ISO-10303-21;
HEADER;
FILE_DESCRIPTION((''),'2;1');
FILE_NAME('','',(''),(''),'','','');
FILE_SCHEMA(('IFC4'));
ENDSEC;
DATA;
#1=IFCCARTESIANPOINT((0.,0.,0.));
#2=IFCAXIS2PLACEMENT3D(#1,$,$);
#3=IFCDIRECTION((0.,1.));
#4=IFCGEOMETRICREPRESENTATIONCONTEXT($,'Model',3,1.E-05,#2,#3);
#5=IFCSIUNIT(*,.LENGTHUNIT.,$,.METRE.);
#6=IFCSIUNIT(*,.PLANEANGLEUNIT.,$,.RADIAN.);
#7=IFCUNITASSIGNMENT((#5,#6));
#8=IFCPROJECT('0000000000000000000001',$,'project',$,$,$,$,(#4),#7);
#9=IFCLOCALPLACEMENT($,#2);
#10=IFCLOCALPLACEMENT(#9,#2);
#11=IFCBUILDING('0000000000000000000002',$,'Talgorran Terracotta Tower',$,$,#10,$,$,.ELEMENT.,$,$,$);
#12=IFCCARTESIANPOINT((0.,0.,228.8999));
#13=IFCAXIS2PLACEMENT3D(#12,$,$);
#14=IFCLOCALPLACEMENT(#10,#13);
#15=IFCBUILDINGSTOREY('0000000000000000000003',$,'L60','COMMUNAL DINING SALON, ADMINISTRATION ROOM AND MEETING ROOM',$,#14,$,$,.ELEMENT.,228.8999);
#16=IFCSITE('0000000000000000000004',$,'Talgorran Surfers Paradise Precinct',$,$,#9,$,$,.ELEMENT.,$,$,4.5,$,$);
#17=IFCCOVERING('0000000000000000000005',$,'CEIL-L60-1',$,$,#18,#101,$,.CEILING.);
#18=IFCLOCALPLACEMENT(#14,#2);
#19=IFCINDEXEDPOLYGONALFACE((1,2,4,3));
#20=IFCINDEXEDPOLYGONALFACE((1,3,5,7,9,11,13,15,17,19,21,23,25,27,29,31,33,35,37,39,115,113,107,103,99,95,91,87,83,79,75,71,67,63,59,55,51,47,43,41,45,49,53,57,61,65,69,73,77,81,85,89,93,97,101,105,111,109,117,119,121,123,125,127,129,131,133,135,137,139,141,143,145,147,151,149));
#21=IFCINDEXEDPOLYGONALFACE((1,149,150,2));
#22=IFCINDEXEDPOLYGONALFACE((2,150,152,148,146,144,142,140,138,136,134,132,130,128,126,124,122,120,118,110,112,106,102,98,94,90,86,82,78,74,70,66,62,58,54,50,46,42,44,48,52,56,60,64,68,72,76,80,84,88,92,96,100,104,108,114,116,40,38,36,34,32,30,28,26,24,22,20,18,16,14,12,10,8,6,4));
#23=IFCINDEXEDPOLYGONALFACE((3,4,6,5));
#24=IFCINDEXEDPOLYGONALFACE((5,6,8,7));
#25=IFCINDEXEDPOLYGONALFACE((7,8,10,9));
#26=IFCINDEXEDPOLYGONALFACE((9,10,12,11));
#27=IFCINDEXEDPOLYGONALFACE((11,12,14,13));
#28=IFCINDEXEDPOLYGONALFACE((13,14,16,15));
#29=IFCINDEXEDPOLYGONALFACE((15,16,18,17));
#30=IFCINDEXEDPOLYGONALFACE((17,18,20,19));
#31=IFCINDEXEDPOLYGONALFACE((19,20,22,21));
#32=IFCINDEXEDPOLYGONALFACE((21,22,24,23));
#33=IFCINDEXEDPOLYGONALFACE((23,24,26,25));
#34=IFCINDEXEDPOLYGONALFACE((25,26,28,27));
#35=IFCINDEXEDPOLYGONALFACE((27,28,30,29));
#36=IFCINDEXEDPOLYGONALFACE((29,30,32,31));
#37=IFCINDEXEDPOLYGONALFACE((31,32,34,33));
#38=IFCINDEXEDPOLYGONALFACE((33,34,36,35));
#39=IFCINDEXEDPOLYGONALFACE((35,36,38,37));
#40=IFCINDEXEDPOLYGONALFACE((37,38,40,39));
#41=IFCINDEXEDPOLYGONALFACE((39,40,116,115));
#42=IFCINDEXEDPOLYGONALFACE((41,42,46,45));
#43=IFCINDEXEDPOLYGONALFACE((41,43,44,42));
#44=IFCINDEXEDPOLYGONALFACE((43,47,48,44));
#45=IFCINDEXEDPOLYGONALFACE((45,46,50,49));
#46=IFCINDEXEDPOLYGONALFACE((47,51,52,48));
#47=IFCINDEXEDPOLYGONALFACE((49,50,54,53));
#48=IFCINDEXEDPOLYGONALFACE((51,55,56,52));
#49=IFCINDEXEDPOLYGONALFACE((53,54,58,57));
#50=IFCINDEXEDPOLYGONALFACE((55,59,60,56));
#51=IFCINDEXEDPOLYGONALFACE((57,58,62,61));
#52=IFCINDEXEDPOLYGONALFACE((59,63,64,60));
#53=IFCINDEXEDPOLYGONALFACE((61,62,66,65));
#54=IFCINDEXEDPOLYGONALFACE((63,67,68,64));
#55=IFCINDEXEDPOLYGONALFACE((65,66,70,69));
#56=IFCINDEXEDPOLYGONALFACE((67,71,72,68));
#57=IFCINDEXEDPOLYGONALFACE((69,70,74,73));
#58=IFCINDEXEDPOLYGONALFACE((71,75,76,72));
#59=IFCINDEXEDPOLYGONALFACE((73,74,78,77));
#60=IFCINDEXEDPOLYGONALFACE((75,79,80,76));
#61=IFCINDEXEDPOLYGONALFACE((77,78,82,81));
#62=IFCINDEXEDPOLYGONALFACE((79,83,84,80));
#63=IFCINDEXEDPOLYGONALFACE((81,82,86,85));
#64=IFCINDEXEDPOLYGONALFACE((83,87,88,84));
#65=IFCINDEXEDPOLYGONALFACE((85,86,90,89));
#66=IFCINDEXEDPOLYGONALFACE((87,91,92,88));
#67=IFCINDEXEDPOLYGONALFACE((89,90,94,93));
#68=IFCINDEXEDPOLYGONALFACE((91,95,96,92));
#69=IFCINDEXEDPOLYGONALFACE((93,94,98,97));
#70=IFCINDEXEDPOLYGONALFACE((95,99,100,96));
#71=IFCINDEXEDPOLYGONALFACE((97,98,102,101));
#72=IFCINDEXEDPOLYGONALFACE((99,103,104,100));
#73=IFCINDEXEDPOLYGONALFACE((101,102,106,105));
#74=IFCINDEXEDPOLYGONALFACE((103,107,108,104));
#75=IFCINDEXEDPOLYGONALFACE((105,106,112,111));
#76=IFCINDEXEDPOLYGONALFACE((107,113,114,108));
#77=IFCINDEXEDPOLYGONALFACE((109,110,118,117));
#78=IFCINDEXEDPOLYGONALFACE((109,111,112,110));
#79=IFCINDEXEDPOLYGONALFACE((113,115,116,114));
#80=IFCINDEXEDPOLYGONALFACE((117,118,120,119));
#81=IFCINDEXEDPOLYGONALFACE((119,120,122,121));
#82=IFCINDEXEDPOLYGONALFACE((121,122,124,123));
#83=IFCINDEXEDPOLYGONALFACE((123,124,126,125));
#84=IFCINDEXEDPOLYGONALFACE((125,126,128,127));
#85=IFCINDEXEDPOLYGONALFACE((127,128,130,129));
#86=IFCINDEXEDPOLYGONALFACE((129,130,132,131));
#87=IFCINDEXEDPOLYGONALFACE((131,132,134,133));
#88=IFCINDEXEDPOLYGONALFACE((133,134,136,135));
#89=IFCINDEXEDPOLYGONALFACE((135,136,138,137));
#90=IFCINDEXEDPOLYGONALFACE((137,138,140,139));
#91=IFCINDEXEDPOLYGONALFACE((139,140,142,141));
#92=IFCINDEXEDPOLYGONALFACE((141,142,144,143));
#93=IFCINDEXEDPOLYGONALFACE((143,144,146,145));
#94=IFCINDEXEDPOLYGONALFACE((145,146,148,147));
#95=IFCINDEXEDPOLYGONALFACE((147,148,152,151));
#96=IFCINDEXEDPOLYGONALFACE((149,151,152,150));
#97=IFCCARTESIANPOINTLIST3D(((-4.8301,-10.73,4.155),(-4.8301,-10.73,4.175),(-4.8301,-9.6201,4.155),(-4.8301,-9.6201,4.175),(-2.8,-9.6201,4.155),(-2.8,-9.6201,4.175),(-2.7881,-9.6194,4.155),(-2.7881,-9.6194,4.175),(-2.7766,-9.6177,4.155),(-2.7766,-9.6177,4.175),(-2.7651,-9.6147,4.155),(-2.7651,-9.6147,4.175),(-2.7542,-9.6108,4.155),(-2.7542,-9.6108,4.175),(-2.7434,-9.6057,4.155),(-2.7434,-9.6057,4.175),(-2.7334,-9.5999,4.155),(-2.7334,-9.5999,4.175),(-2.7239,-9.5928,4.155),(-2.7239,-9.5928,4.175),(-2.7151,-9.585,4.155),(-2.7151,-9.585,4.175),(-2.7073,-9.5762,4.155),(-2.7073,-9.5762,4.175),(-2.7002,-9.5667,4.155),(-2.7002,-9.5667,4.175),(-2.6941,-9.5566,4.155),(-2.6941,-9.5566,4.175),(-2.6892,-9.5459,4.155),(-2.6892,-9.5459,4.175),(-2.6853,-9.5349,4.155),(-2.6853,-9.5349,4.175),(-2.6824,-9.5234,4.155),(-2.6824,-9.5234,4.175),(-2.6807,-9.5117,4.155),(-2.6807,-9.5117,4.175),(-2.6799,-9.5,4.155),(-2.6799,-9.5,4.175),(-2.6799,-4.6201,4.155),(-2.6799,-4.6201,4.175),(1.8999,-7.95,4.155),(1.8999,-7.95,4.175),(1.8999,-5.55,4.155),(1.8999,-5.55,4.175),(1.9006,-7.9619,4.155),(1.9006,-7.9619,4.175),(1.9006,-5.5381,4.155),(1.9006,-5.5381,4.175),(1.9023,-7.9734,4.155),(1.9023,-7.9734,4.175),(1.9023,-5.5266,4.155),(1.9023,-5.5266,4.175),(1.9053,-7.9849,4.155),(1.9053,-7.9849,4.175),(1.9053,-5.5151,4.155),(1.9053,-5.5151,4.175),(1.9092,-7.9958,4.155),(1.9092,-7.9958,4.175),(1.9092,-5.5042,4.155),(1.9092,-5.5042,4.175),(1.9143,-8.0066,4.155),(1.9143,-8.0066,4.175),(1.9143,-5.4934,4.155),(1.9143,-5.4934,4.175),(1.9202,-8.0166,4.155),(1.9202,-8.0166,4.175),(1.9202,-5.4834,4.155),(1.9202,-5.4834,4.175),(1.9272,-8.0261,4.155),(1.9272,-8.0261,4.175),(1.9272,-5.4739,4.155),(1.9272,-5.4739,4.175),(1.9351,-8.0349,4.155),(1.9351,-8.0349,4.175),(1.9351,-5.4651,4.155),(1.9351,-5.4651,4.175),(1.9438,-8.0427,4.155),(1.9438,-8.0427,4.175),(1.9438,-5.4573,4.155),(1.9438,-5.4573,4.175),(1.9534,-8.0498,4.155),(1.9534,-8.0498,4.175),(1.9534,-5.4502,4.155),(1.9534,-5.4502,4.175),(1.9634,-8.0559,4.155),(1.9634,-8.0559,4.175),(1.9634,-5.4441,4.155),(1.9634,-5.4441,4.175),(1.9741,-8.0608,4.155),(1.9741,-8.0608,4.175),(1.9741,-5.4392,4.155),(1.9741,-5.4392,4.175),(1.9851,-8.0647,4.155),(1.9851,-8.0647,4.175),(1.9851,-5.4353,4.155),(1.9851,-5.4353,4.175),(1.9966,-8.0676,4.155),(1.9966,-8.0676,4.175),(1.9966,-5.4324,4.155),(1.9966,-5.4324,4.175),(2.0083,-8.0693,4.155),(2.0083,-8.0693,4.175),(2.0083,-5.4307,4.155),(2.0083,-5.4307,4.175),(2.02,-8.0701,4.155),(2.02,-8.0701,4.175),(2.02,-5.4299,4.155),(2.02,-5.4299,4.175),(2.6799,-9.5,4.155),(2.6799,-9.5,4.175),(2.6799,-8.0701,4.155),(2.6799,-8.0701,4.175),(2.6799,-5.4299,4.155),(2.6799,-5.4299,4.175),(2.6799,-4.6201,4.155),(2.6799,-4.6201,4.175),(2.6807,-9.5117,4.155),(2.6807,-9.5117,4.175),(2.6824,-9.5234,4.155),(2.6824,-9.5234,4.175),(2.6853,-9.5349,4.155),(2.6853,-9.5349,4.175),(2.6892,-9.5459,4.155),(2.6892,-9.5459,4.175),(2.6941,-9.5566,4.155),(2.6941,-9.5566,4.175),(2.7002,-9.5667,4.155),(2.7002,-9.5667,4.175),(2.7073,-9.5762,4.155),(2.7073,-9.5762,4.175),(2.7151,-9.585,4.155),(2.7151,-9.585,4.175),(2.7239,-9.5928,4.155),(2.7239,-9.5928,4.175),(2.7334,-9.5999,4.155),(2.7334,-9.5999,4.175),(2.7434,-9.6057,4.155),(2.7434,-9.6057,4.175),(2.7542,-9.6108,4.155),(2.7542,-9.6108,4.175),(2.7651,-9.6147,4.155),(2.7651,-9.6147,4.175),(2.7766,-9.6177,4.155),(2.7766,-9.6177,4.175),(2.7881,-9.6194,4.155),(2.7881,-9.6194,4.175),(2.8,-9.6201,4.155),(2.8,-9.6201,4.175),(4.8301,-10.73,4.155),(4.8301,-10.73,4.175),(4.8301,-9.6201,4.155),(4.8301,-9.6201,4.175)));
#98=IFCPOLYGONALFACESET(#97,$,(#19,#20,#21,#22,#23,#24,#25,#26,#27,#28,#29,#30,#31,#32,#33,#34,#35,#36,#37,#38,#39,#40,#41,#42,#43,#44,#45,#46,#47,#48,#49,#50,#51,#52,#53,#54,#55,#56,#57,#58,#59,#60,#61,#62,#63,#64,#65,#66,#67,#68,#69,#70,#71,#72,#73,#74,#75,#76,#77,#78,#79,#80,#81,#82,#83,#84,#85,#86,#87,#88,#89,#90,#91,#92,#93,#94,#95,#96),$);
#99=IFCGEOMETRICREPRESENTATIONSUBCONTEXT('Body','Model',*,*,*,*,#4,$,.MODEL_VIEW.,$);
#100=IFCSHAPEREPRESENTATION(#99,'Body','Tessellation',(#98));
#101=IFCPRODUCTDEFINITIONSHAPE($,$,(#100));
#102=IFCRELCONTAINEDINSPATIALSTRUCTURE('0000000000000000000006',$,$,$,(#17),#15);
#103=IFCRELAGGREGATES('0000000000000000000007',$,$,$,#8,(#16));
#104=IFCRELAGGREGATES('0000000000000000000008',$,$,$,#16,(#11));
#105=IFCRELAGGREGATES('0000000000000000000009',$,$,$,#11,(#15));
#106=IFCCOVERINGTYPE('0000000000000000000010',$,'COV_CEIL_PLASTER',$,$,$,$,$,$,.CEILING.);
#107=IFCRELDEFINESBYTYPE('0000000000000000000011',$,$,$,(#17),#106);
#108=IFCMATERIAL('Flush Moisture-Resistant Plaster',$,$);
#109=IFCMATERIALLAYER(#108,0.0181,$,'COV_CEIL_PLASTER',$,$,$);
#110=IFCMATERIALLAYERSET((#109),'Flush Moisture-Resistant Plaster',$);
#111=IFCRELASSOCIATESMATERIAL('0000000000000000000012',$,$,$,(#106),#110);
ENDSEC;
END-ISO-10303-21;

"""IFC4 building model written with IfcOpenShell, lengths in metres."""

from ifc_helpers import new_model, si_unit, direction, frame, origin, place, context, subcontext, project, spatial, polyline, outline, extrude, material, layer, layer_set, type_object, element, save


model = new_model("IFC4")

# Units and contexts
model_context = context("Model", 3, precision=1e-05, world=origin(), true_north=direction((0.0, 1.0)))
body_context = subcontext(model_context, "Body", "Model", "MODEL_VIEW")
ifc_project = project(units=[si_unit("LENGTHUNIT", "METRE"), si_unit("PLANEANGLEUNIT", "RADIAN")], contexts=[model_context])

# Site, building, storey
site_placement = place(None, origin())
site = spatial("IfcSite", under=ifc_project, at=site_placement, Name="Talgorran Surfers Paradise Precinct", CompositionType="ELEMENT", RefElevation=4.5)
building_placement = place(site_placement, origin())
building = spatial("IfcBuilding", under=site, at=building_placement, Name="Talgorran Terracotta Tower", CompositionType="ELEMENT")
storey_placement = place(building_placement, frame((0.0, 0.0, 228.8999)))
storey = spatial("IfcBuildingStorey", under=building, at=storey_placement, Name="L60", Description="COMMUNAL DINING SALON, ADMINISTRATION ROOM AND MEETING ROOM", CompositionType="ELEMENT", Elevation=228.8999)

# Covering
ifc_material_1 = material(Name="Flush Moisture-Resistant Plaster")
ifc_layer_1 = layer(ifc_material_1, 0.0181, Name="COV_CEIL_PLASTER")
ifc_layer_set_1 = layer_set([ifc_layer_1], Name="Flush Moisture-Resistant Plaster")
covering_type_1 = type_object("IfcCoveringType", Name="COV_CEIL_PLASTER", PredefinedType="CEILING", material=ifc_layer_set_1)
covering_1_placement = place(storey_placement, frame((0.0, 0.0, 4.155)))
element("IfcCovering", 1, at=covering_1_placement, inside=storey, type_object=covering_type_1, Name="CEIL-L60-1", PredefinedType="CEILING", context=body_context, shape_type="SweptSolid", body=[
    extrude(outline(polyline([(4.8301, -9.6201), (4.8301, -10.73), (-4.8301, -10.73), (-4.8301, -9.6201), (-2.8, -9.6201), (-2.7881, -9.6194), (-2.7766, -9.6177), (-2.7651, -9.6147), (-2.7542, -9.6108), (-2.7434, -9.6057), (-2.7334, -9.5999), (-2.7239, -9.5928), (-2.7151, -9.585), (-2.7073, -9.5762), (-2.7002, -9.5667), (-2.6941, -9.5566), (-2.6892, -9.5459), (-2.6853, -9.5349), (-2.6824, -9.5234), (-2.6807, -9.5117), (-2.6799, -9.5), (-2.6799, -4.6201), (2.6799, -4.6201), (2.6799, -5.4299), (2.02, -5.4299), (2.0083, -5.4307), (1.9966, -5.4324), (1.9851, -5.4353), (1.9741, -5.4392), (1.9634, -5.4441), (1.9534, -5.4502), (1.9438, -5.4573), (1.9351, -5.4651), (1.9272, -5.4739), (1.9202, -5.4834), (1.9143, -5.4934), (1.9092, -5.5042), (1.9053, -5.5151), (1.9023, -5.5266), (1.9006, -5.5381), (1.8999, -5.55), (1.8999, -7.95), (1.9006, -7.9619), (1.9023, -7.9734), (1.9053, -7.9849), (1.9092, -7.9958), (1.9143, -8.0066), (1.9202, -8.0166), (1.9272, -8.0261), (1.9351, -8.0349), (1.9438, -8.0427), (1.9534, -8.0498), (1.9634, -8.0559), (1.9741, -8.0608), (1.9851, -8.0647), (1.9966, -8.0676), (2.0083, -8.0693), (2.02, -8.0701), (2.6799, -8.0701), (2.6799, -9.5), (2.6807, -9.5117), (2.6824, -9.5234), (2.6853, -9.5349), (2.6892, -9.5459), (2.6941, -9.5566), (2.7002, -9.5667), (2.7073, -9.5762), (2.7151, -9.585), (2.7239, -9.5928), (2.7334, -9.5999), (2.7434, -9.6057), (2.7542, -9.6108), (2.7651, -9.6147), (2.7766, -9.6177), (2.7881, -9.6194), (2.8, -9.6201), (4.8301, -9.6201)])), origin(), (0.0, 0.0, 1.0), 0.02),
])

save(model, "model.ifc")
